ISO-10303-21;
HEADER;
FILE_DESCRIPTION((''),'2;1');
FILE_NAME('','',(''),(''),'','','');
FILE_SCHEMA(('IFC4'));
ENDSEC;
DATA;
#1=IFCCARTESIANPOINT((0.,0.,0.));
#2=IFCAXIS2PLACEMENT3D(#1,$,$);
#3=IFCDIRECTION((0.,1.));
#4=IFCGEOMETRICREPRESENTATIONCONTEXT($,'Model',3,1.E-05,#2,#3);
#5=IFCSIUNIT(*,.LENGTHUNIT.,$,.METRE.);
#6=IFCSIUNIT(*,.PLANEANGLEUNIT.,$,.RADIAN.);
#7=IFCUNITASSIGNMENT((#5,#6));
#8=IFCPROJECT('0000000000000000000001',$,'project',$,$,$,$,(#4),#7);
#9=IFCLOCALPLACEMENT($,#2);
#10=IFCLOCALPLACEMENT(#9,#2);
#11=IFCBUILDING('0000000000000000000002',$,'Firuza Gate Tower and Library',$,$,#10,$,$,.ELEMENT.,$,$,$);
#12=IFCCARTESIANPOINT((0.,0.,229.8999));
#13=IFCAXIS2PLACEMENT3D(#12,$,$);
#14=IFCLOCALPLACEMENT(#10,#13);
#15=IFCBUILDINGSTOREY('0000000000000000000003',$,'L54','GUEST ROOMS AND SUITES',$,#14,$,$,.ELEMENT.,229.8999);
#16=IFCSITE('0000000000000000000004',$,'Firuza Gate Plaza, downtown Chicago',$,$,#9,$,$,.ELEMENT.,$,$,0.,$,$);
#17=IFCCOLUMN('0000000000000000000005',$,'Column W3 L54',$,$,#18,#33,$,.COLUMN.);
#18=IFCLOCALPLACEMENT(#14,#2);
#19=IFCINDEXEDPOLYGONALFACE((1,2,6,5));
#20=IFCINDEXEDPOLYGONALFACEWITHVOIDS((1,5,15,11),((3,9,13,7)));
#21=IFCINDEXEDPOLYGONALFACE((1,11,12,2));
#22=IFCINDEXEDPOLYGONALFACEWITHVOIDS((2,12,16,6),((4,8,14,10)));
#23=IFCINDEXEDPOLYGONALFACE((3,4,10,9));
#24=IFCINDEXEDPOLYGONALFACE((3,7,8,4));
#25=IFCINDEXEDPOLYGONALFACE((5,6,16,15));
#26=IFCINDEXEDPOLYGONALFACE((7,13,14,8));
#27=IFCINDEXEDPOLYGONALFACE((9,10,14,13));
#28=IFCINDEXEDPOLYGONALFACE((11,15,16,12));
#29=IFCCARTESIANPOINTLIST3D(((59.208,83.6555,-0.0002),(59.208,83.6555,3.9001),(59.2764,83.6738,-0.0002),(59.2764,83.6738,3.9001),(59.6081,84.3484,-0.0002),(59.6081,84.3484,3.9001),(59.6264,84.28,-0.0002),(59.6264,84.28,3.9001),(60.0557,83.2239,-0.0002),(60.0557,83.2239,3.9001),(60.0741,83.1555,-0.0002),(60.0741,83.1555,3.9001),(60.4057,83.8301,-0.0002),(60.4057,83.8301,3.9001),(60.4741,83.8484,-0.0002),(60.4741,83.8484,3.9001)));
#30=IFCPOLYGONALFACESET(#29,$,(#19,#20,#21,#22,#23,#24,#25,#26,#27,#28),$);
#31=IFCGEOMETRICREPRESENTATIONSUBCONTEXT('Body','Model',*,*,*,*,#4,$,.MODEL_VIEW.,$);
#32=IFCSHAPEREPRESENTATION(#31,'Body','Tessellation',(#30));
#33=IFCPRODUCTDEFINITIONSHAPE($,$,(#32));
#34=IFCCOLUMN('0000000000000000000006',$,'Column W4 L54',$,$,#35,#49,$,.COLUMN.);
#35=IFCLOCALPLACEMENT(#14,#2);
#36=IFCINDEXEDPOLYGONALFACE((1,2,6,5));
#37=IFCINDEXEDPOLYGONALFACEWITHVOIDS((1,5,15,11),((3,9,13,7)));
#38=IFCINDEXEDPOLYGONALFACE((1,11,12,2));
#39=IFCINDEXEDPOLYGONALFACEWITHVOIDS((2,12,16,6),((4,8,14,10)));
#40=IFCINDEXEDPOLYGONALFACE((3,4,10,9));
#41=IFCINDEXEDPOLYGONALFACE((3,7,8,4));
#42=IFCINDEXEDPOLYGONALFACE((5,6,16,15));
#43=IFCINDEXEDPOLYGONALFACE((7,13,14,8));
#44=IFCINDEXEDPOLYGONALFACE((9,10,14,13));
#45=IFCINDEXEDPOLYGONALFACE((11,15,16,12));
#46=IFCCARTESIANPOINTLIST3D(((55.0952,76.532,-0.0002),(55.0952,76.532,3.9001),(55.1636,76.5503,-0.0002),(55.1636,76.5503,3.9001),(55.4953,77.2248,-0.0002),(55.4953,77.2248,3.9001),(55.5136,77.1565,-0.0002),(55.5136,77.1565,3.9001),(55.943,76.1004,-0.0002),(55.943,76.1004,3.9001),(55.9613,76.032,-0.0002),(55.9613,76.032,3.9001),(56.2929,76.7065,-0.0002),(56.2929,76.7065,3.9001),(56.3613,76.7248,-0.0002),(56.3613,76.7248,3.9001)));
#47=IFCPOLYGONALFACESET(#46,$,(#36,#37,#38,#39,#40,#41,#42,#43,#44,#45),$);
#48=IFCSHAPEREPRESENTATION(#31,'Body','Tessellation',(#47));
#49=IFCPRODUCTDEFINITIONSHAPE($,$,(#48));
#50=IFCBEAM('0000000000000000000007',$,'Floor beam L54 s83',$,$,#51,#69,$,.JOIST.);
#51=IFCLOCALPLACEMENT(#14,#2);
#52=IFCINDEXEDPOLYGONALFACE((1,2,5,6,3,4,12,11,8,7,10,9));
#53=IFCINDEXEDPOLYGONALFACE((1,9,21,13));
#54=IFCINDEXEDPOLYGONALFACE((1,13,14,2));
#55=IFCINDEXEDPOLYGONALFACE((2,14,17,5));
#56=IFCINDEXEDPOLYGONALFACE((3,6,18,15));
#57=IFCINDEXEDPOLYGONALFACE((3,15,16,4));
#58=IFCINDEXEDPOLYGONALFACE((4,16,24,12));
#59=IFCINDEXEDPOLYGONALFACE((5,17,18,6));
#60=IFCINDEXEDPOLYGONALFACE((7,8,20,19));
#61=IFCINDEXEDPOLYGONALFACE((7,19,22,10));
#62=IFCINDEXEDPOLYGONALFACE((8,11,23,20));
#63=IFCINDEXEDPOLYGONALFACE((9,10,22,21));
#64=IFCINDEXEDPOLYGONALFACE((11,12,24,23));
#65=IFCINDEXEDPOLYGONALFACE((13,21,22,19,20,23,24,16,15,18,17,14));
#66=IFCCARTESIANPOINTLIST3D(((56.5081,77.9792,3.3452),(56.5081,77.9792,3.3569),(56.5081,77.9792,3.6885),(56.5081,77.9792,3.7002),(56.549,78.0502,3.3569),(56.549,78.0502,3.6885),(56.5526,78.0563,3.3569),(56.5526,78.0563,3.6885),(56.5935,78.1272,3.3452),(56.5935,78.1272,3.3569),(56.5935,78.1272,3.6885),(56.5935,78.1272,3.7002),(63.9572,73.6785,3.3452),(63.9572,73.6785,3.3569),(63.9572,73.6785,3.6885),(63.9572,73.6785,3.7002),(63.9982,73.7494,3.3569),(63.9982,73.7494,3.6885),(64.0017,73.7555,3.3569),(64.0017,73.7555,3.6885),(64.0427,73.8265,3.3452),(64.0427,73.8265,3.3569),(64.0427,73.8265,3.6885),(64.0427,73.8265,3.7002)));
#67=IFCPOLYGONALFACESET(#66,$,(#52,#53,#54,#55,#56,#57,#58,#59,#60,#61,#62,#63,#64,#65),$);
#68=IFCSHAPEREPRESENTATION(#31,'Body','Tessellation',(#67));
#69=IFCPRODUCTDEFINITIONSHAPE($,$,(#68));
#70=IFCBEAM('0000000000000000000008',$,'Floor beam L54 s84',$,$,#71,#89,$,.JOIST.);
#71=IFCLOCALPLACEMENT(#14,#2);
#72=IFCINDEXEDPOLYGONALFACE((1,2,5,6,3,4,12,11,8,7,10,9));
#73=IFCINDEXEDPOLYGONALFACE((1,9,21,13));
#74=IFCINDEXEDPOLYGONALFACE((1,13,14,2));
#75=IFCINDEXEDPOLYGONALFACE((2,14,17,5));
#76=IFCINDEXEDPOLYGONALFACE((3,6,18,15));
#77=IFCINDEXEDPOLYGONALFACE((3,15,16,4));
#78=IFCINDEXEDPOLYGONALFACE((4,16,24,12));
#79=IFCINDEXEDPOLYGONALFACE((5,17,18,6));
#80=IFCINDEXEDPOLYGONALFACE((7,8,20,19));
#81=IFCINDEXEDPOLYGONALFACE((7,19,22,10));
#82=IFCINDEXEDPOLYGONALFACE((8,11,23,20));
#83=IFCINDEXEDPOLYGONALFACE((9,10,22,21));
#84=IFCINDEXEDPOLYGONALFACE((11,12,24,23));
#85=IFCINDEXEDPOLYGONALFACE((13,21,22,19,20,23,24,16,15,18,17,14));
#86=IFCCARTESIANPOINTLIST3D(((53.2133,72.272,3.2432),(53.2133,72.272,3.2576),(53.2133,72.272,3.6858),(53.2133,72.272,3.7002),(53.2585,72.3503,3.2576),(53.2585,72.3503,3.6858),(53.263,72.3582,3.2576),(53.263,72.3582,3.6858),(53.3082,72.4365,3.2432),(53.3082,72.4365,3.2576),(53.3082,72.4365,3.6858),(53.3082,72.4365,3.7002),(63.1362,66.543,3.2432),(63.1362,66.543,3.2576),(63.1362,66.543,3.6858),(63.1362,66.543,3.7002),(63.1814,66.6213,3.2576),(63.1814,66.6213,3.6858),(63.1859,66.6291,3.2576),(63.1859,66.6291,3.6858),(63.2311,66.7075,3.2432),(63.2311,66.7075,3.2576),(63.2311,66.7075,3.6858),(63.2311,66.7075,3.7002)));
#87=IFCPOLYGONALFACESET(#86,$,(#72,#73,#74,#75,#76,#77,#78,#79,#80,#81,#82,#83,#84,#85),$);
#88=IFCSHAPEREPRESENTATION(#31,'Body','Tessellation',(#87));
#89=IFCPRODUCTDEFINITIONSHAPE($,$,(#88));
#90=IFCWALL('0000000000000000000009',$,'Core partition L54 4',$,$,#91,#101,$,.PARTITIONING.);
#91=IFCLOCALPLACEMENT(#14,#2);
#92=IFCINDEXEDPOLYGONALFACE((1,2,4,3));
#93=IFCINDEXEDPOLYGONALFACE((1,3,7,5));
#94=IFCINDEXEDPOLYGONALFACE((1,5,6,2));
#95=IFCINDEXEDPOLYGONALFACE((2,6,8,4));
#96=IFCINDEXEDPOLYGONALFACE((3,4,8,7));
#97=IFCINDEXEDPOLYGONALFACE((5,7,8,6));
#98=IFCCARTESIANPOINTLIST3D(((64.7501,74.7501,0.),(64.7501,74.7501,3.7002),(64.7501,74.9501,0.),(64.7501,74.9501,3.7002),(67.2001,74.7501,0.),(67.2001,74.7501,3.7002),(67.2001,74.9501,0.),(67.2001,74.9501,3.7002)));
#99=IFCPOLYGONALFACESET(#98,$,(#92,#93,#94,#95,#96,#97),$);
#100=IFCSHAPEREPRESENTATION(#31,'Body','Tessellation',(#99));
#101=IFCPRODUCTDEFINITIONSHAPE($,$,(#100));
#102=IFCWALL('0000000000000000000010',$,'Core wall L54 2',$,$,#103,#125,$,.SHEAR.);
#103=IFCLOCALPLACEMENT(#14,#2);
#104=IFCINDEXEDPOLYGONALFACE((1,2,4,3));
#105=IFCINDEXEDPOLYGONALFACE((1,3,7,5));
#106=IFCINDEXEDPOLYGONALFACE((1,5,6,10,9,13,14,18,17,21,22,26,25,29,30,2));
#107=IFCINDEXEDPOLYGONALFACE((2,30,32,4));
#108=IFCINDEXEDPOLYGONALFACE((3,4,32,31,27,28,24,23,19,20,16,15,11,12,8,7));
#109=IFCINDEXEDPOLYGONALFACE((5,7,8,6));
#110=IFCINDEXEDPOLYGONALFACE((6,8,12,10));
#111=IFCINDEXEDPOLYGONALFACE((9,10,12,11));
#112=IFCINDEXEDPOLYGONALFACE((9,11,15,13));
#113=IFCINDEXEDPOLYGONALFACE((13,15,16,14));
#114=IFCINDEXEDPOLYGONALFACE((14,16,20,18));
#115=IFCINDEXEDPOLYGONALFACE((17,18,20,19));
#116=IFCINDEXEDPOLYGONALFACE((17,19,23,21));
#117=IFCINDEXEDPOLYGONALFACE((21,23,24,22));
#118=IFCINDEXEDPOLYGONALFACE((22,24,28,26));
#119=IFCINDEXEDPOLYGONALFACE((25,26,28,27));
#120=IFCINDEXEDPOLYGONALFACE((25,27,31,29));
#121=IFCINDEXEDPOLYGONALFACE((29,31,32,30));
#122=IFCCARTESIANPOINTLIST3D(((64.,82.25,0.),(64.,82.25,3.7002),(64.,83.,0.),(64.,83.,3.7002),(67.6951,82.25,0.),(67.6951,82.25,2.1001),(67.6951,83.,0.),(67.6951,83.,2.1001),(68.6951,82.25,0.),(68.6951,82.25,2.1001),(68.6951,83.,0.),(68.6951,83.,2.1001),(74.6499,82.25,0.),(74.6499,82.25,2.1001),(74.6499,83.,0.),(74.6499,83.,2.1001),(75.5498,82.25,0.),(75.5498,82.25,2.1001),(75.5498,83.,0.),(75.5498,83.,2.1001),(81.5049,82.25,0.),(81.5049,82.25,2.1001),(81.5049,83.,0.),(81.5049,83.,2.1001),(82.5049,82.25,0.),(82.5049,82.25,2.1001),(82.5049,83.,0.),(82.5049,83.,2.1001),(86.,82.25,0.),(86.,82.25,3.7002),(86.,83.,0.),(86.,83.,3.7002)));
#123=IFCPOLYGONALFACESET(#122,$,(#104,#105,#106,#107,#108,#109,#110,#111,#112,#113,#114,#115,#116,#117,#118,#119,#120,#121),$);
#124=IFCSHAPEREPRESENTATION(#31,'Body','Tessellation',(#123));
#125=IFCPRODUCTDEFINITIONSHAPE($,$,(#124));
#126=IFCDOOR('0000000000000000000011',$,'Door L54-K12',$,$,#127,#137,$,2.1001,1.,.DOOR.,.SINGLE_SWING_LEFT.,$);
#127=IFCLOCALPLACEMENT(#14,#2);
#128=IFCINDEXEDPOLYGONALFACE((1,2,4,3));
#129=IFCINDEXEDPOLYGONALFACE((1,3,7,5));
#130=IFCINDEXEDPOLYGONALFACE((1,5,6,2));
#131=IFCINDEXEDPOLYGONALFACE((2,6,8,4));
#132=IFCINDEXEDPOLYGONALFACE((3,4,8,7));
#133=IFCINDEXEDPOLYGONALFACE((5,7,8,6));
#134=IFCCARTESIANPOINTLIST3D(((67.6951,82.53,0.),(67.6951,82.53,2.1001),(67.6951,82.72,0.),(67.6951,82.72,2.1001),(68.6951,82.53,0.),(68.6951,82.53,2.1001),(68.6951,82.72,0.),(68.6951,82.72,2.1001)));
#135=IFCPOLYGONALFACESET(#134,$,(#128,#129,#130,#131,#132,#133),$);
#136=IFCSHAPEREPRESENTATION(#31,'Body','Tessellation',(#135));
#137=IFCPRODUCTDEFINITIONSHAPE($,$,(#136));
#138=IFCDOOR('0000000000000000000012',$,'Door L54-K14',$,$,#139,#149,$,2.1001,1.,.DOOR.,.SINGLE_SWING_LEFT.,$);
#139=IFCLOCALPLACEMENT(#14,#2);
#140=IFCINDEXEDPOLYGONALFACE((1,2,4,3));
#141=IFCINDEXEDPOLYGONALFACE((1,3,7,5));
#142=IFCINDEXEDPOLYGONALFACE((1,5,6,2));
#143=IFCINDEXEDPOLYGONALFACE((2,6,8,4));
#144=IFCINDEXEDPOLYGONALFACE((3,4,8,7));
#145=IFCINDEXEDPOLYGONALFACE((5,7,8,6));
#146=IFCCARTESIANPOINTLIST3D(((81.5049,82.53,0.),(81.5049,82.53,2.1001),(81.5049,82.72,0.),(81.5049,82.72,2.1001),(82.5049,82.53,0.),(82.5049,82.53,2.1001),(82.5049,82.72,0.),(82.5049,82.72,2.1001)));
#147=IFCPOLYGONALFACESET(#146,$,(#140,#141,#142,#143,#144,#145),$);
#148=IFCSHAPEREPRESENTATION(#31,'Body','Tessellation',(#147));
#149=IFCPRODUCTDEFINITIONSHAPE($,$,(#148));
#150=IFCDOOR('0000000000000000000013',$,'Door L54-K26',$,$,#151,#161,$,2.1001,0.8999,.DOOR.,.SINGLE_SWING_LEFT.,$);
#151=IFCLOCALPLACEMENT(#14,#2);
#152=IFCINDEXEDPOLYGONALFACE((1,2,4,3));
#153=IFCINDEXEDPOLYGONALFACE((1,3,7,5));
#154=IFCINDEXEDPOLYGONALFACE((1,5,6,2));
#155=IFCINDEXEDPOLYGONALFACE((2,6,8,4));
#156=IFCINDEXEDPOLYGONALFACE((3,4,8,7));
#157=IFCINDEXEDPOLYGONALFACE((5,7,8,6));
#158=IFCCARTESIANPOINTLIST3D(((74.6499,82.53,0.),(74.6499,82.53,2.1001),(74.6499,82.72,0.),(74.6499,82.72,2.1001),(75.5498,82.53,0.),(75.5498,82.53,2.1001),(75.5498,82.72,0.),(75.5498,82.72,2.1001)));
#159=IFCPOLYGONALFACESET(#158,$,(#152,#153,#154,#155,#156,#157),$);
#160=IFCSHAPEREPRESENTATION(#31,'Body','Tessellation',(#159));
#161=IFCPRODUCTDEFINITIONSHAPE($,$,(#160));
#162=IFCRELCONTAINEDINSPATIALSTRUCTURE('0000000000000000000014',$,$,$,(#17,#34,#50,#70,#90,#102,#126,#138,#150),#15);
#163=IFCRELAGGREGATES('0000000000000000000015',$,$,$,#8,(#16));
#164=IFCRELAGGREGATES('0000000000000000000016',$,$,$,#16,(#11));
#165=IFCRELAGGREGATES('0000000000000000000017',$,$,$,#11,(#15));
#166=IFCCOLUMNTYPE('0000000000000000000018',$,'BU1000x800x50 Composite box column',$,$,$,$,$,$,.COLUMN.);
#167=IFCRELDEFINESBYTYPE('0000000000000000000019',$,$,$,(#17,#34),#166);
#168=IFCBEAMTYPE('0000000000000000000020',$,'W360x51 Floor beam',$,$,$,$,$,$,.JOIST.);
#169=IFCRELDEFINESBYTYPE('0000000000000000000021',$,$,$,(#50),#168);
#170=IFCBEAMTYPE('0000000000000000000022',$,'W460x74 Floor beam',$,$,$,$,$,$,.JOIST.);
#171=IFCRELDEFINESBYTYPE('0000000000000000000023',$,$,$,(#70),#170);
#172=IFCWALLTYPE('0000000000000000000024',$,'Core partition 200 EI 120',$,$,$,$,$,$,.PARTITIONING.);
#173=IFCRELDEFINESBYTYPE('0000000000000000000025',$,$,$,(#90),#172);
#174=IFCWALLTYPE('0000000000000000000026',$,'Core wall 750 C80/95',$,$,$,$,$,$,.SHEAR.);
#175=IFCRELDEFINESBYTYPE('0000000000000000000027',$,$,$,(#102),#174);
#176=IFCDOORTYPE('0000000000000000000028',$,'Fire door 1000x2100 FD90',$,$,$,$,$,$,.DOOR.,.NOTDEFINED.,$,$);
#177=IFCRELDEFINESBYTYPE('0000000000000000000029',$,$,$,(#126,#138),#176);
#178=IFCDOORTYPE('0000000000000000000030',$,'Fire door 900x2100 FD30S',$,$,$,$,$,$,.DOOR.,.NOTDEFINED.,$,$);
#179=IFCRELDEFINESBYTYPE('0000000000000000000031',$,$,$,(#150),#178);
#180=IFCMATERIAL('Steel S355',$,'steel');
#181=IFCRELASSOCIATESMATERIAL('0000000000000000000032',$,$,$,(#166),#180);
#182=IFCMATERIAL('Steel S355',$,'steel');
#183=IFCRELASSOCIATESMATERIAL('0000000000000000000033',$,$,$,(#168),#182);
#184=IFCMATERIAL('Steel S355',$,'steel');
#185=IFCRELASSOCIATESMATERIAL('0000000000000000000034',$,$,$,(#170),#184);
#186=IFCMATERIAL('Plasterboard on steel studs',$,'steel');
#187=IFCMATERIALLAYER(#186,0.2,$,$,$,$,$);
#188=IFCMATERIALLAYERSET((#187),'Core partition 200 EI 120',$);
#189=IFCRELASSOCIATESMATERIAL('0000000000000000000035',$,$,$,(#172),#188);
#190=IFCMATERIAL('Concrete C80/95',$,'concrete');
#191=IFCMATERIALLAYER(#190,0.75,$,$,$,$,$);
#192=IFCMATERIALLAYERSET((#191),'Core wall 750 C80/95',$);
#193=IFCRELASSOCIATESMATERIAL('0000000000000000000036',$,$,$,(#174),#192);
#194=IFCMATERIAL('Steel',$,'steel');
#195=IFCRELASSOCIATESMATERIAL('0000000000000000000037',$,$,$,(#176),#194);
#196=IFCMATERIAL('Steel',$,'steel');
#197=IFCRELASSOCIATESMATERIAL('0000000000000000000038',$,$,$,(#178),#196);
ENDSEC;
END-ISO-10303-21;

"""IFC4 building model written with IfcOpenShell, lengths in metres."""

from ifc_helpers import new_model, si_unit, direction, frame, frame_2d, origin, origin_2d, place, context, subcontext, project, spatial, rectangle, hollow_rectangle, i_section, extrude, material, layer, layer_set, material_profile, profile_set, type_object, element, fill, save


model = new_model("IFC4")

# Units and contexts
model_context = context("Model", 3, precision=1e-05, world=origin(), true_north=direction((0.0, 1.0)))
body_context = subcontext(model_context, "Body", "Model", "MODEL_VIEW")
ifc_project = project(units=[si_unit("LENGTHUNIT", "METRE"), si_unit("PLANEANGLEUNIT", "RADIAN")], contexts=[model_context])

# Site, building, storey
site_placement = place(None, origin())
site = spatial("IfcSite", under=ifc_project, at=site_placement, Name="Firuza Gate Plaza, downtown Chicago", CompositionType="ELEMENT", RefElevation=0.0)
building_placement = place(site_placement, origin())
building = spatial("IfcBuilding", under=site, at=building_placement, Name="Firuza Gate Tower and Library", CompositionType="ELEMENT")
storey_placement = place(building_placement, frame((0.0, 0.0, 229.8999)))
storey = spatial("IfcBuildingStorey", under=building, at=storey_placement, Name="L54", Description="GUEST ROOMS AND SUITES", CompositionType="ELEMENT", Elevation=229.8999)

# Columns
ifc_material_1 = material(Name="Steel S355", Category="steel")
ifc_material_profile_1 = material_profile(ifc_material_1, hollow_rectangle(XDim=0.8, YDim=1.0, WallThickness=0.05, at=origin_2d()))
ifc_profile_set_1 = profile_set([ifc_material_profile_1], Name="Steel S355")
column_type = type_object("IfcColumnType", Name="BU1000x800x50 Composite box column", PredefinedType="COLUMN", material=ifc_profile_set_1)
for number, where, z_axis, x_axis, name in (
    (1, (59.8411, 83.752, -0.0002), (0.0, 0.0, 1.0), (-0.5, -0.866025, 0.0), "Column W3 L54"),
    (2, (55.7283, 76.6284, -0.0002), (0.0, 0.0, 1.0), (-0.5, -0.866025, 0.0), "Column W4 L54"),
):
    element("IfcColumn", number, at=place(storey_placement, frame(where, z_axis=z_axis, x_axis=x_axis)), inside=storey, type_object=column_type, Name=name, PredefinedType="COLUMN", context=body_context, shape_type="SweptSolid", body=[
        extrude(hollow_rectangle(XDim=0.8, YDim=1.0, WallThickness=0.05, at=origin_2d()), origin(), (0.0, 0.0, 1.0), 3.9004),
    ])

# Beams
ifc_material_2 = material(Name="Steel S355", Category="steel")
ifc_material_profile_2 = material_profile(ifc_material_2, i_section(OverallWidth=0.1709, OverallDepth=0.355, WebThickness=0.0071, FlangeThickness=0.0117, at=origin_2d()))
ifc_profile_set_2 = profile_set([ifc_material_profile_2], Name="Steel S355")
beam_type_1 = type_object("IfcBeamType", Name="W360x51 Floor beam", PredefinedType="JOIST", material=ifc_profile_set_2)
beam_1_placement = place(storey_placement, frame((56.5508, 78.0532, 3.5227), z_axis=(0.866027, -0.499998, 0.0), x_axis=(0.499998, 0.866027, 0.0)))
element("IfcBeam", 3, at=beam_1_placement, inside=storey, type_object=beam_type_1, Name="Floor beam L54 s83", PredefinedType="JOIST", context=body_context, shape_type="SweptSolid", body=[
    extrude(i_section(OverallWidth=0.1709, OverallDepth=0.355, WebThickness=0.0071, FlangeThickness=0.0117, at=origin_2d()), origin(), (0.0, 0.0, 1.0), 8.6016),
])
ifc_material_3 = material(Name="Steel S355", Category="steel")
ifc_material_profile_3 = material_profile(ifc_material_3, i_section(OverallWidth=0.1899, OverallDepth=0.457, WebThickness=0.009, FlangeThickness=0.0144, at=origin_2d()))
ifc_profile_set_3 = profile_set([ifc_material_profile_3], Name="Steel S355")
beam_type_2 = type_object("IfcBeamType", Name="W460x74 Floor beam", PredefinedType="JOIST", material=ifc_profile_set_3)
beam_2_placement = place(storey_placement, frame((53.2607, 72.3542, 3.4717), z_axis=(0.866024, -0.500003, 0.0), x_axis=(0.500003, 0.866024, 0.0)))
element("IfcBeam", 4, at=beam_2_placement, inside=storey, type_object=beam_type_2, Name="Floor beam L54 s84", PredefinedType="JOIST", context=body_context, shape_type="SweptSolid", body=[
    extrude(i_section(OverallWidth=0.1899, OverallDepth=0.457, WebThickness=0.009, FlangeThickness=0.0144, at=origin_2d()), origin(), (0.0, 0.0, 1.0), 11.458),
])

# Wall
ifc_material_4 = material(Name="Plasterboard on steel studs", Category="steel")
ifc_layer_1 = layer(ifc_material_4, 0.2)
ifc_layer_set_1 = layer_set([ifc_layer_1], Name="Core partition 200 EI 120")
wall_type_1 = type_object("IfcWallType", Name="Core partition 200 EI 120", PredefinedType="PARTITIONING", material=ifc_layer_set_1)
wall_1_placement = place(storey_placement, frame((64.75, 74.8501, 0.0), z_axis=(0.0, 0.0, 1.0), x_axis=(1.0, 0.0, 0.0)))
element("IfcWall", 5, at=wall_1_placement, inside=storey, type_object=wall_type_1, Name="Core partition L54 4", PredefinedType="PARTITIONING", context=body_context, shape_type="SweptSolid", body=[
    extrude(rectangle(XDim=2.45, YDim=0.2, at=frame_2d((1.2251, 0.0))), origin(), (0.0, 0.0, 1.0), 3.7002),
])

# Wall, openings, doors
ifc_material_5 = material(Name="Concrete C80/95", Category="concrete")
ifc_layer_2 = layer(ifc_material_5, 0.75)
ifc_layer_set_2 = layer_set([ifc_layer_2], Name="Core wall 750 C80/95")
wall_type_2 = type_object("IfcWallType", Name="Core wall 750 C80/95", PredefinedType="SHEAR", material=ifc_layer_set_2)
wall_2_placement = place(storey_placement, frame((64.0, 82.625, 0.0), z_axis=(0.0, 0.0, 1.0), x_axis=(1.0, 0.0, 0.0)))
wall_2 = element("IfcWall", 6, at=wall_2_placement, inside=storey, type_object=wall_type_2, Name="Core wall L54 2", PredefinedType="SHEAR", context=body_context, shape_type="SweptSolid", body=[
    extrude(rectangle(XDim=22.0, YDim=0.75, at=frame_2d((11.0, 0.0))), origin(), (0.0, 0.0, 1.0), 3.7002),
])
opening_1_placement = place(wall_2_placement, frame((3.6951, 0.0, 0.0)))
opening_1 = element("IfcOpeningElement", 7, at=opening_1_placement, cuts=wall_2, PredefinedType="OPENING", context=body_context, shape_type="SweptSolid", body=[
    extrude(rectangle(XDim=1.0, YDim=2.1001, at=frame_2d((0.5, 1.05))), frame((0.0, 0.385, 0.0), z_axis=(0.0, -1.0, 0.0), x_axis=(1.0, 0.0, 0.0)), (0.0, 0.0, 1.0), 0.77),
])
opening_2_placement = place(wall_2_placement, frame((17.5049, 0.0, 0.0)))
opening_2 = element("IfcOpeningElement", 8, at=opening_2_placement, cuts=wall_2, PredefinedType="OPENING", context=body_context, shape_type="SweptSolid", body=[
    extrude(rectangle(XDim=1.0, YDim=2.1001, at=frame_2d((0.5, 1.05))), frame((0.0, 0.385, 0.0), z_axis=(0.0, -1.0, 0.0), x_axis=(1.0, 0.0, 0.0)), (0.0, 0.0, 1.0), 0.77),
])
opening_3_placement = place(wall_2_placement, frame((10.6499, 0.0, 0.0)))
opening_3 = element("IfcOpeningElement", 9, at=opening_3_placement, cuts=wall_2, PredefinedType="OPENING", context=body_context, shape_type="SweptSolid", body=[
    extrude(rectangle(XDim=0.8999, YDim=2.1001, at=frame_2d((0.45, 1.05))), frame((0.0, 0.385, 0.0), z_axis=(0.0, -1.0, 0.0), x_axis=(1.0, 0.0, 0.0)), (0.0, 0.0, 1.0), 0.77),
])
ifc_material_6 = material(Name="Steel", Category="steel")
door_type_1 = type_object("IfcDoorType", Name="Fire door 1000x2100 FD90", OperationType="NOTDEFINED", PredefinedType="DOOR", material=ifc_material_6)
door_1_placement = place(opening_1_placement, origin())
door_1 = element("IfcDoor", 10, at=door_1_placement, inside=storey, type_object=door_type_1, Name="Door L54-K12", OperationType="SINGLE_SWING_LEFT", OverallHeight=2.1001, OverallWidth=1.0, PredefinedType="DOOR", context=body_context, shape_type="SweptSolid", body=[
    extrude(rectangle(XDim=1.0, YDim=2.1001, at=frame_2d((0.5, 1.05))), frame((0.0, 0.095, 0.0), z_axis=(0.0, -1.0, 0.0), x_axis=(1.0, 0.0, 0.0)), (0.0, 0.0, 1.0), 0.1899),
])
fill(opening_1, door_1)
door_2_placement = place(opening_2_placement, origin())
door_2 = element("IfcDoor", 11, at=door_2_placement, inside=storey, type_object=door_type_1, Name="Door L54-K14", OperationType="SINGLE_SWING_LEFT", OverallHeight=2.1001, OverallWidth=1.0, PredefinedType="DOOR", context=body_context, shape_type="SweptSolid", body=[
    extrude(rectangle(XDim=1.0, YDim=2.1001, at=frame_2d((0.5, 1.05))), frame((0.0, 0.095, 0.0), z_axis=(0.0, -1.0, 0.0), x_axis=(1.0, 0.0, 0.0)), (0.0, 0.0, 1.0), 0.1899),
])
fill(opening_2, door_2)
ifc_material_7 = material(Name="Steel", Category="steel")
door_type_2 = type_object("IfcDoorType", Name="Fire door 900x2100 FD30S", OperationType="NOTDEFINED", PredefinedType="DOOR", material=ifc_material_7)
door_3_placement = place(opening_3_placement, origin())
door_3 = element("IfcDoor", 12, at=door_3_placement, inside=storey, type_object=door_type_2, Name="Door L54-K26", OperationType="SINGLE_SWING_LEFT", OverallHeight=2.1001, OverallWidth=0.8999, PredefinedType="DOOR", context=body_context, shape_type="SweptSolid", body=[
    extrude(rectangle(XDim=0.8999, YDim=2.1001, at=frame_2d((0.45, 1.05))), frame((0.0, 0.095, 0.0), z_axis=(0.0, -1.0, 0.0), x_axis=(1.0, 0.0, 0.0)), (0.0, 0.0, 1.0), 0.1899),
])
fill(opening_3, door_3)

save(model, "model.ifc")
